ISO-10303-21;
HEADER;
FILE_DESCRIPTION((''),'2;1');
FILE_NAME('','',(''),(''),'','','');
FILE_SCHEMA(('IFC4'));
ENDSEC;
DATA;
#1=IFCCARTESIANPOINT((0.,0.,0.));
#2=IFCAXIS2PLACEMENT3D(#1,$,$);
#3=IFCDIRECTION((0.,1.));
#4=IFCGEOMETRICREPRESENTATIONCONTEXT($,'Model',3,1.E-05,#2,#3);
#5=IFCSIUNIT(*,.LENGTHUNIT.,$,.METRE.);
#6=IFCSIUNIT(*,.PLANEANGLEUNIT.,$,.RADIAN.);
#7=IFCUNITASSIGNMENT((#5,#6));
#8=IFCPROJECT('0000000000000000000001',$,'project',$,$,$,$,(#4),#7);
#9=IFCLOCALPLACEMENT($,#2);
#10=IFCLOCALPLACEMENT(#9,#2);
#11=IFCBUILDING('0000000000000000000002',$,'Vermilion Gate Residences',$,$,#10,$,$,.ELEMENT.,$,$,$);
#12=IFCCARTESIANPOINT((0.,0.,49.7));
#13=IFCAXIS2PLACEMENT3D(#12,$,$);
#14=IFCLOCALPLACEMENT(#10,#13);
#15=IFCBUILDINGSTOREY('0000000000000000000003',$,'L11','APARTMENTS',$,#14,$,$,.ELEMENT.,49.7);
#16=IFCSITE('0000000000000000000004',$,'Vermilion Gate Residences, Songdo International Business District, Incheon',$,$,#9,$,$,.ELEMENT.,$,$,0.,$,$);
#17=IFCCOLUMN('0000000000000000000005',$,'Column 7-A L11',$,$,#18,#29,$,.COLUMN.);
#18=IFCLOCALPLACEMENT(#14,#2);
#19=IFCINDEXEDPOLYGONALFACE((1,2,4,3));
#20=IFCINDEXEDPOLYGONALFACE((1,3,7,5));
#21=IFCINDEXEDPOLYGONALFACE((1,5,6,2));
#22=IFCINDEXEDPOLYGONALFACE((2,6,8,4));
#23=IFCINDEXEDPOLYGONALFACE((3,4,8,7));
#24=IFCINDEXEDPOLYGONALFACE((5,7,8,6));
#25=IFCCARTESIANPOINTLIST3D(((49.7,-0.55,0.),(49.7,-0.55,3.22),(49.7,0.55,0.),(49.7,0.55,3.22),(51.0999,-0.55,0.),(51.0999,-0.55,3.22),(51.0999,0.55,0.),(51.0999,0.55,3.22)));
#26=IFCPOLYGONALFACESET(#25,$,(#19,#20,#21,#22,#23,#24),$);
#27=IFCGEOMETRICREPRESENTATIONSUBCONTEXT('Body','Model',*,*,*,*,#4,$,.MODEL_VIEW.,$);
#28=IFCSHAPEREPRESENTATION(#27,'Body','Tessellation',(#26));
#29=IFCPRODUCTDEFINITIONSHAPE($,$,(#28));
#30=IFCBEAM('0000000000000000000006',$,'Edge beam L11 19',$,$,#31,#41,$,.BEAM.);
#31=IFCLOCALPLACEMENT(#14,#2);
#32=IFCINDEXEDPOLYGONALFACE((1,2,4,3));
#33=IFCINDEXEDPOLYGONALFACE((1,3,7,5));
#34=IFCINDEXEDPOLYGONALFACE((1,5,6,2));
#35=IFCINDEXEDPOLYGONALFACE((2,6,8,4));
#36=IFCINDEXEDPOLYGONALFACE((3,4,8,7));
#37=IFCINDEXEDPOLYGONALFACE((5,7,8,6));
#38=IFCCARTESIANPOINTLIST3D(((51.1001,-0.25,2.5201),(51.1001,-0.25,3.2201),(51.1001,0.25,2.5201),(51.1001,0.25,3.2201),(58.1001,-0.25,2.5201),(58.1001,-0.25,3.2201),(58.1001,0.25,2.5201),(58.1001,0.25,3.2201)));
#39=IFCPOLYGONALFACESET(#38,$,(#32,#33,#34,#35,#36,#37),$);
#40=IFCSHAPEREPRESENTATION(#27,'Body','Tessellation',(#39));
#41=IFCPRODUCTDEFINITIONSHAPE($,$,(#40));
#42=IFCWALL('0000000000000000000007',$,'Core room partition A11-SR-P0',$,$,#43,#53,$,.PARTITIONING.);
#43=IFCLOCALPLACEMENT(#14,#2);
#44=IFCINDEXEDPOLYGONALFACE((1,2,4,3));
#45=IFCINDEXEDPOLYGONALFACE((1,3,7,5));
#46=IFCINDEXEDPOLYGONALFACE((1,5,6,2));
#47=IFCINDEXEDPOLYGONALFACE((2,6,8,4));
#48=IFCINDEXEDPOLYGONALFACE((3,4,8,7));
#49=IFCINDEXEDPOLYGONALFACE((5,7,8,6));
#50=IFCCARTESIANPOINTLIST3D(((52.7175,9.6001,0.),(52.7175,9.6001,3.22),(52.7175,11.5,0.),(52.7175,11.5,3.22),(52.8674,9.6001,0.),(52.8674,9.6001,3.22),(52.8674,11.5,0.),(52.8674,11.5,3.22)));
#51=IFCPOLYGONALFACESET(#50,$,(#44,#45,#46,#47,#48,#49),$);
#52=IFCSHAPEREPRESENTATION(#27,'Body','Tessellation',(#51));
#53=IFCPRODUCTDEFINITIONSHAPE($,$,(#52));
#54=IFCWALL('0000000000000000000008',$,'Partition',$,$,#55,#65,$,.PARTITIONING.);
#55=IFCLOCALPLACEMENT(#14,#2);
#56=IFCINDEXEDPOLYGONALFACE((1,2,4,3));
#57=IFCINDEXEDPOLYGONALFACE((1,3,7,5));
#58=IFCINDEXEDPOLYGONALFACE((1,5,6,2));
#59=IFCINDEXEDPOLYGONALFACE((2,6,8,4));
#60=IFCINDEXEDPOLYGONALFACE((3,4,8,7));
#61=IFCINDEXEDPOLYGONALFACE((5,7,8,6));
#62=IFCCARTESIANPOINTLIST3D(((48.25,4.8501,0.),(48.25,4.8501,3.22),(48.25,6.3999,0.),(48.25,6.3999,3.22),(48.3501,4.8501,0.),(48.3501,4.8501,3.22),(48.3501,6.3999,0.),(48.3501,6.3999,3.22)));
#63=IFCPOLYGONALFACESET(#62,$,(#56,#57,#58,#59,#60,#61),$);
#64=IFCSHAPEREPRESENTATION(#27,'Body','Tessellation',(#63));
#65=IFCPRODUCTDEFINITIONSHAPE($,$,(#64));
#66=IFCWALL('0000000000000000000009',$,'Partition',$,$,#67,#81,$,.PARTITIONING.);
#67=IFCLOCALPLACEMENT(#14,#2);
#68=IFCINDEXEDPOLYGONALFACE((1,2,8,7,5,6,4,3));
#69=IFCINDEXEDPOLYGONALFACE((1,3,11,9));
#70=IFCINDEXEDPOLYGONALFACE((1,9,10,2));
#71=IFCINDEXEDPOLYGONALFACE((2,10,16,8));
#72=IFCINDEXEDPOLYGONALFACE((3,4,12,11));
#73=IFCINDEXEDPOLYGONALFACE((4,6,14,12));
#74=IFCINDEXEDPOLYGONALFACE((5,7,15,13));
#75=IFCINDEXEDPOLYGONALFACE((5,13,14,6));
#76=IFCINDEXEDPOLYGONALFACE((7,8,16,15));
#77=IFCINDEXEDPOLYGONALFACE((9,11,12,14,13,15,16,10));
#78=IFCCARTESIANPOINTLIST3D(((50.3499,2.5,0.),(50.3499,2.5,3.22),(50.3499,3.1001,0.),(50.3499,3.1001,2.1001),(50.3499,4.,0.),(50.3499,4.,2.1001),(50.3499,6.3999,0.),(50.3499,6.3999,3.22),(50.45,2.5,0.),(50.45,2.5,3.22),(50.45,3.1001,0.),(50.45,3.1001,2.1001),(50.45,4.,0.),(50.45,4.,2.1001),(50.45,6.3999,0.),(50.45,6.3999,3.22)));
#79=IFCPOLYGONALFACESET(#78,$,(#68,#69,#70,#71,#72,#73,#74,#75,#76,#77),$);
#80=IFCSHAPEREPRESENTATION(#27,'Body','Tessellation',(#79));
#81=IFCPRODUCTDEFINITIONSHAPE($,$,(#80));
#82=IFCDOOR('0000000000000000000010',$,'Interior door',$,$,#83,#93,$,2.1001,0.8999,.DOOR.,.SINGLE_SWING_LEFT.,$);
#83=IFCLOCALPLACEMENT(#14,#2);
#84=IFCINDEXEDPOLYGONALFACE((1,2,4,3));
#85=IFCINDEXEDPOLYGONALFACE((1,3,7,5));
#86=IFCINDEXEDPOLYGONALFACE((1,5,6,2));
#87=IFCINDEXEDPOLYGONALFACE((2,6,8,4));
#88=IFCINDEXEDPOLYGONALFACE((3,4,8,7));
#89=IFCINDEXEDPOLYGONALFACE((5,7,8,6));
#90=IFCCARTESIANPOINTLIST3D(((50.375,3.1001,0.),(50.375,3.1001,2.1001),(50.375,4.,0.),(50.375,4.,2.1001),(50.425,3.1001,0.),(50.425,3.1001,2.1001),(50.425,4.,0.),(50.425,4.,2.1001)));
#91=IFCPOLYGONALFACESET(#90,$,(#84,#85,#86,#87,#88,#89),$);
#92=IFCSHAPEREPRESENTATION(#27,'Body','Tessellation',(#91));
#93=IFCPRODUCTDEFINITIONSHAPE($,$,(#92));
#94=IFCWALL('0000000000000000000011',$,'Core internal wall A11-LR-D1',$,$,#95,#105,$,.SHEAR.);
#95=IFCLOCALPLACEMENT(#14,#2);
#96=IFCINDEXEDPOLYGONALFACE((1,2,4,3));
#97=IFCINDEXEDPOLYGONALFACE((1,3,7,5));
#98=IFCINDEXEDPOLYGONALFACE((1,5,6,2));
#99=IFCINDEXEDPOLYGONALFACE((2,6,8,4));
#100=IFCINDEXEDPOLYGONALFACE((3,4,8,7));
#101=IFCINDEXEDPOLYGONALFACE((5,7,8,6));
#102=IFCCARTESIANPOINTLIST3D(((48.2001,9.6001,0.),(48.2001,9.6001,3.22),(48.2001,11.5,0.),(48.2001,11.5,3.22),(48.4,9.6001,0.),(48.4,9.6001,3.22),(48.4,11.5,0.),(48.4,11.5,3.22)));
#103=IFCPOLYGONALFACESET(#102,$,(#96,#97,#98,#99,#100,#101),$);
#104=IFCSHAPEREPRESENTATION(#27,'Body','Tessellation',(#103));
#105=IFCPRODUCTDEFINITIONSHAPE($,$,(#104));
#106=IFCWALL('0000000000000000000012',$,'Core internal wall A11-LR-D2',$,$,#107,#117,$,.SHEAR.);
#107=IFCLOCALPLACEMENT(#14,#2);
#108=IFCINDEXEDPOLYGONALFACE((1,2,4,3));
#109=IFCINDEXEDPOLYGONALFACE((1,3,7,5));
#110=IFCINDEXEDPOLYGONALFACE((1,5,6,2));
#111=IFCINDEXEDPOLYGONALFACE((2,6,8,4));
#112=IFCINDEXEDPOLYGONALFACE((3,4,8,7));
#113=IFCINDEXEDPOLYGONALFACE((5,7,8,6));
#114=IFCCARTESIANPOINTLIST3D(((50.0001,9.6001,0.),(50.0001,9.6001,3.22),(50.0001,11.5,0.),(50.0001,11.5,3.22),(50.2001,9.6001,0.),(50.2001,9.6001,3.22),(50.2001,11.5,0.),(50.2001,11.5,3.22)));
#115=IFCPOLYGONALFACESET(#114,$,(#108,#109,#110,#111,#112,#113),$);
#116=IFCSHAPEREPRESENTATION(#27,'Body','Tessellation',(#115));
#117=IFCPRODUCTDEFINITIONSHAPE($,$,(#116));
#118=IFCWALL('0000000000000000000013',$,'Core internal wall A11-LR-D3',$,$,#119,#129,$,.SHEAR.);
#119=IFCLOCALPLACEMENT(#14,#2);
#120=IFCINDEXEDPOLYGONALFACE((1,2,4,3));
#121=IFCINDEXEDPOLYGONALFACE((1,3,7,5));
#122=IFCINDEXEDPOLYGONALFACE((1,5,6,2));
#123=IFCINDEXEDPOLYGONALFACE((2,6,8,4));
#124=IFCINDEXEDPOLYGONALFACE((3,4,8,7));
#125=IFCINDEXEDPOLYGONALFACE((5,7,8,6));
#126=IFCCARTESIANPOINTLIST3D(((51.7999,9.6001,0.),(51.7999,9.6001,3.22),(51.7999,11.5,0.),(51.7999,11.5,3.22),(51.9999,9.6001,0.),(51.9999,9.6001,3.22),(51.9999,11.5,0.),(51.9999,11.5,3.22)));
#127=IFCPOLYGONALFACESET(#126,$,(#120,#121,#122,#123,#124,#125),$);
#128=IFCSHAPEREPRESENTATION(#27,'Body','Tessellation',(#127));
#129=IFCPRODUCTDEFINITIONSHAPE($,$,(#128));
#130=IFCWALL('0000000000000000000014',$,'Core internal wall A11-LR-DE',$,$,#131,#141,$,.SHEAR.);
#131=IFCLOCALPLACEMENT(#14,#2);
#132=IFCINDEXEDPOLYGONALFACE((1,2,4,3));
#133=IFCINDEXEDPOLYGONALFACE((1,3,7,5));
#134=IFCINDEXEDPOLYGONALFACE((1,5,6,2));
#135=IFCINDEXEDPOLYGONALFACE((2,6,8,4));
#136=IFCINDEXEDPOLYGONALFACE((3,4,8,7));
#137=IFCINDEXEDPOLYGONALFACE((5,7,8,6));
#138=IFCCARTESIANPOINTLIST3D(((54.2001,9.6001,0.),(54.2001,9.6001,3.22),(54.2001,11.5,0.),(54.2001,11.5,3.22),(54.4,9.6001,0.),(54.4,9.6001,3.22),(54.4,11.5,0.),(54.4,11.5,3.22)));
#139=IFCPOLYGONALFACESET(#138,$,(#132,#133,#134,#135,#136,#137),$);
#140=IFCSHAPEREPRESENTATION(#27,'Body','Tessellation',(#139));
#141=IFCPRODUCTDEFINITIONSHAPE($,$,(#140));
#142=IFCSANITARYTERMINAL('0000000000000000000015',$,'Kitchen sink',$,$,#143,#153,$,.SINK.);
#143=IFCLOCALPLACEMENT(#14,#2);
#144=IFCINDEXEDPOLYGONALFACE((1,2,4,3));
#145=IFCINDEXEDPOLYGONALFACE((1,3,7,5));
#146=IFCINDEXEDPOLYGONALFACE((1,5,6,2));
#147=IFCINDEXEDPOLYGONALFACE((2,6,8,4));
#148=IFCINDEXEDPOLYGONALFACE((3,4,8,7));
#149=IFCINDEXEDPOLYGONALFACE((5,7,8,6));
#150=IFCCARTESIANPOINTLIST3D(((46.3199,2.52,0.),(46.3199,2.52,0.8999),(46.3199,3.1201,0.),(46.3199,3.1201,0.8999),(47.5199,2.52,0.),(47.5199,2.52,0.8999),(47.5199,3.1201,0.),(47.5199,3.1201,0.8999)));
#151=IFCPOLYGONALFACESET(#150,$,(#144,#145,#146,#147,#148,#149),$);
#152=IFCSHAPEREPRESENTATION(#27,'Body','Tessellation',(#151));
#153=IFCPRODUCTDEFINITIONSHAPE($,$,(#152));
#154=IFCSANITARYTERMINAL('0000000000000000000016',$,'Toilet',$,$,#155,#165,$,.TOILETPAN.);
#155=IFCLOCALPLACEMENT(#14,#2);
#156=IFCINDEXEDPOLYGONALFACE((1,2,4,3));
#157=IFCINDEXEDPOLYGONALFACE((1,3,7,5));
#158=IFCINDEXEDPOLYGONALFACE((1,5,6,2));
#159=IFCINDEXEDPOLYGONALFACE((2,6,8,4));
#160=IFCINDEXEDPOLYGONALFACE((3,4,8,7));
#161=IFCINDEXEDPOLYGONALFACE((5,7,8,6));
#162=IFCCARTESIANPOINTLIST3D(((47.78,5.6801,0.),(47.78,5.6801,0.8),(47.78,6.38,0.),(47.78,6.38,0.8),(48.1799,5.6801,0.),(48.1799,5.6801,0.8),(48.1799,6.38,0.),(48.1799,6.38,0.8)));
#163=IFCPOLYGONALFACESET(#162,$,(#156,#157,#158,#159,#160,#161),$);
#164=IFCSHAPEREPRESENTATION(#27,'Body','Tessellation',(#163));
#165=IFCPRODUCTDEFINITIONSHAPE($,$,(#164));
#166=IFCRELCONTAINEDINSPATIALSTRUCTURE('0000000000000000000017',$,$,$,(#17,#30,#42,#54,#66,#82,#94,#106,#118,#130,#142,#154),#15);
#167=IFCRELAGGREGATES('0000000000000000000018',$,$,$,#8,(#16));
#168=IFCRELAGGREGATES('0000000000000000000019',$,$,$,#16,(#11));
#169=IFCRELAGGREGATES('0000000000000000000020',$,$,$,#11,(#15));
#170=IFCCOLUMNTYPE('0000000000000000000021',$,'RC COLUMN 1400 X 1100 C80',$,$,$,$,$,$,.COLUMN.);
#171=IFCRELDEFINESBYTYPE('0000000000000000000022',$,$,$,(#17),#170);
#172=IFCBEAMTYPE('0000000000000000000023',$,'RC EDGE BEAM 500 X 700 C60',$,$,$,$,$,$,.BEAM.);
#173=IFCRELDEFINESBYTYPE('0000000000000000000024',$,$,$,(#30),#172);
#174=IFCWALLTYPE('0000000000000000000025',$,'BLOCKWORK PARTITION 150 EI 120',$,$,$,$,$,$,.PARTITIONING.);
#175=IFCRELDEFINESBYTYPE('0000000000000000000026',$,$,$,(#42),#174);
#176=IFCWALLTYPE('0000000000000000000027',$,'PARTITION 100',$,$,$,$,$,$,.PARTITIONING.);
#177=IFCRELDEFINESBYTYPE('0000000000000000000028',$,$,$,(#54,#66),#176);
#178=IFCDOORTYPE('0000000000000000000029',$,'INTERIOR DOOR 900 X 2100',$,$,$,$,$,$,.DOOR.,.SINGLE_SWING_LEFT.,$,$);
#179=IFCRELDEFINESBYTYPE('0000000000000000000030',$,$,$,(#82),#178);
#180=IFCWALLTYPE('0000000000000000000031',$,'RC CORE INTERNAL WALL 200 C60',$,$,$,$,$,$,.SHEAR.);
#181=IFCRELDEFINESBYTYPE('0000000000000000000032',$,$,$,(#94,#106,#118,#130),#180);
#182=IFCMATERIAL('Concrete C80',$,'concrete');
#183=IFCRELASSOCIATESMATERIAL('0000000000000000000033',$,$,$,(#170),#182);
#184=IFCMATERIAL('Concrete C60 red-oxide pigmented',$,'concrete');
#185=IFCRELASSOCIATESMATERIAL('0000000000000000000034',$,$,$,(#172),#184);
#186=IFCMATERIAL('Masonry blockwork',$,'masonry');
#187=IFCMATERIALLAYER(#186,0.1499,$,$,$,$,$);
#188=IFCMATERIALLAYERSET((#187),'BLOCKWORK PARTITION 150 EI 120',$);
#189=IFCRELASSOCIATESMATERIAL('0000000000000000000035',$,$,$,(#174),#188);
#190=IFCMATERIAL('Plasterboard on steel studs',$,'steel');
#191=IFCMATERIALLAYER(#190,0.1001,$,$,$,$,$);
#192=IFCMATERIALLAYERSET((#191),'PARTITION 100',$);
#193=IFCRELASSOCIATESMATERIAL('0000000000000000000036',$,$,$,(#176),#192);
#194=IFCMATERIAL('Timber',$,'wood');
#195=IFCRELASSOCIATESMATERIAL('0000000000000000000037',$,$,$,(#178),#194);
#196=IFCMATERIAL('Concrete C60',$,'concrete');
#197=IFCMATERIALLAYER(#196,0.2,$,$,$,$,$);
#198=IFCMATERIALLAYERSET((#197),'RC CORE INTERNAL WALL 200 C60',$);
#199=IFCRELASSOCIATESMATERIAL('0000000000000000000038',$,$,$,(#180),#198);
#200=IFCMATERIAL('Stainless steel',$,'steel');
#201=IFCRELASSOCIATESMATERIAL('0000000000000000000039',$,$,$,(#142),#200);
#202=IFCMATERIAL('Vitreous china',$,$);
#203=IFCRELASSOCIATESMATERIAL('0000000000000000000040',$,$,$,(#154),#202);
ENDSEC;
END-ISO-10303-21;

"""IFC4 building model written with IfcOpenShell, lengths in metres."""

from ifc_helpers import new_model, si_unit, direction, frame, frame_2d, origin, origin_2d, place, context, subcontext, project, spatial, rectangle, extrude, material, layer, layer_set, material_profile, profile_set, type_object, element, fill, save


model = new_model("IFC4")

# Units and contexts
model_context = context("Model", 3, precision=1e-05, world=origin(), true_north=direction((0.0, 1.0)))
body_context = subcontext(model_context, "Body", "Model", "MODEL_VIEW")
ifc_project = project(units=[si_unit("LENGTHUNIT", "METRE"), si_unit("PLANEANGLEUNIT", "RADIAN")], contexts=[model_context])

# Site, building, storey
site_placement = place(None, origin())
site = spatial("IfcSite", under=ifc_project, at=site_placement, Name="Vermilion Gate Residences, Songdo International Business District, Incheon", CompositionType="ELEMENT", RefElevation=0.0)
building_placement = place(site_placement, origin())
building = spatial("IfcBuilding", under=site, at=building_placement, Name="Vermilion Gate Residences", CompositionType="ELEMENT")
storey_placement = place(building_placement, frame((0.0, 0.0, 49.7)))
storey = spatial("IfcBuildingStorey", under=building, at=storey_placement, Name="L11", Description="APARTMENTS", CompositionType="ELEMENT", Elevation=49.7)

# Column
ifc_material_1 = material(Name="Concrete C80", Category="concrete")
ifc_material_profile_1 = material_profile(ifc_material_1, rectangle(XDim=1.3999, YDim=1.1001, at=origin_2d()), Name="RC-1400x1100")
ifc_profile_set_1 = profile_set([ifc_material_profile_1], Name="Concrete C80")
column_type = type_object("IfcColumnType", Name="RC COLUMN 1400 X 1100 C80", PredefinedType="COLUMN", material=ifc_profile_set_1)
column_placement = place(storey_placement, frame((50.3999, 0.0, 0.0), z_axis=(0.0, 0.0, 1.0), x_axis=(1.0, 0.0, 0.0)))
element("IfcColumn", 1, at=column_placement, inside=storey, type_object=column_type, Name="Column 7-A L11", PredefinedType="COLUMN", context=body_context, shape_type="SweptSolid", body=[
    extrude(rectangle(XDim=1.3999, YDim=1.1001, at=origin_2d()), origin(), (0.0, 0.0, 1.0), 3.22),
])

# Beam
ifc_material_2 = material(Name="Concrete C60 red-oxide pigmented", Category="concrete")
ifc_material_profile_2 = material_profile(ifc_material_2, rectangle(XDim=0.5, YDim=0.7, at=origin_2d()), Name="RC-500x700")
ifc_profile_set_2 = profile_set([ifc_material_profile_2], Name="Concrete C60 red-oxide pigmented")
beam_type = type_object("IfcBeamType", Name="RC EDGE BEAM 500 X 700 C60", PredefinedType="BEAM", material=ifc_profile_set_2)
beam_placement = place(storey_placement, frame((51.1001, 0.0, 2.8701), z_axis=(1.0, 0.0, 0.0), x_axis=(0.0, 1.0, 0.0)))
element("IfcBeam", 2, at=beam_placement, inside=storey, type_object=beam_type, Name="Edge beam L11 19", PredefinedType="BEAM", context=body_context, shape_type="SweptSolid", body=[
    extrude(rectangle(XDim=0.5, YDim=0.7, at=origin_2d()), origin(), (0.0, 0.0, 1.0), 7.0),
])

# Walls
ifc_material_3 = material(Name="Masonry blockwork", Category="masonry")
ifc_layer_1 = layer(ifc_material_3, 0.1499)
ifc_layer_set_1 = layer_set([ifc_layer_1], Name="BLOCKWORK PARTITION 150 EI 120")
wall_type_1 = type_object("IfcWallType", Name="BLOCKWORK PARTITION 150 EI 120", PredefinedType="PARTITIONING", material=ifc_layer_set_1)
wall_1_placement = place(storey_placement, frame((52.7925, 9.6001, 0.0), z_axis=(0.0, 0.0, 1.0), x_axis=(0.0, 1.0, 0.0)))
element("IfcWall", 3, at=wall_1_placement, inside=storey, type_object=wall_type_1, Name="Core room partition A11-SR-P0", PredefinedType="PARTITIONING", context=body_context, shape_type="SweptSolid", body=[
    extrude(rectangle(XDim=1.8999, YDim=0.1499, at=frame_2d((0.95, 0.0))), origin(), (0.0, 0.0, 1.0), 3.22),
])
ifc_material_4 = material(Name="Plasterboard on steel studs", Category="steel")
ifc_layer_2 = layer(ifc_material_4, 0.1001)
ifc_layer_set_2 = layer_set([ifc_layer_2], Name="PARTITION 100")
wall_type_2 = type_object("IfcWallType", Name="PARTITION 100", PredefinedType="PARTITIONING", material=ifc_layer_set_2)
wall_2_placement = place(storey_placement, frame((48.3, 4.8501, 0.0), z_axis=(0.0, 0.0, 1.0), x_axis=(0.0, 1.0, 0.0)))
element("IfcWall", 4, at=wall_2_placement, inside=storey, type_object=wall_type_2, Name="Partition", PredefinedType="PARTITIONING", context=body_context, shape_type="SweptSolid", body=[
    extrude(rectangle(XDim=1.5498, YDim=0.1001, at=frame_2d((0.7749, 0.0))), origin(), (0.0, 0.0, 1.0), 3.22),
])

# Wall, opening, door
wall_3_placement = place(storey_placement, frame((50.3999, 2.5, 0.0), z_axis=(0.0, 0.0, 1.0), x_axis=(0.0, 1.0, 0.0)))
wall_3 = element("IfcWall", 5, at=wall_3_placement, inside=storey, type_object=wall_type_2, Name="Partition", PredefinedType="PARTITIONING", context=body_context, shape_type="SweptSolid", body=[
    extrude(rectangle(XDim=3.8999, YDim=0.1001, at=frame_2d((1.95, 0.0))), origin(), (0.0, 0.0, 1.0), 3.22),
])
opening_placement = place(wall_3_placement, frame((0.6001, 0.0, 0.0)))
opening = element("IfcOpeningElement", 6, at=opening_placement, cuts=wall_3, PredefinedType="OPENING", context=body_context, shape_type="SweptSolid", body=[
    extrude(rectangle(XDim=0.8999, YDim=2.1001, at=frame_2d((0.45, 1.05))), frame((0.0, 0.0601, 0.0), z_axis=(0.0, -1.0, 0.0), x_axis=(1.0, 0.0, 0.0)), (0.0, 0.0, 1.0), 0.1201),
])
ifc_material_5 = material(Name="Timber", Category="wood")
door_type = type_object("IfcDoorType", Name="INTERIOR DOOR 900 X 2100", OperationType="SINGLE_SWING_LEFT", PredefinedType="DOOR", material=ifc_material_5)
door_placement = place(opening_placement, origin())
door = element("IfcDoor", 7, at=door_placement, inside=storey, type_object=door_type, Name="Interior door", OperationType="SINGLE_SWING_LEFT", OverallHeight=2.1001, OverallWidth=0.8999, PredefinedType="DOOR", context=body_context, shape_type="SweptSolid", body=[
    extrude(rectangle(XDim=0.8999, YDim=2.1001, at=frame_2d((0.45, 1.05))), frame((0.0, 0.0249, 0.0), z_axis=(0.0, -1.0, 0.0), x_axis=(1.0, 0.0, 0.0)), (0.0, 0.0, 1.0), 0.05),
])
fill(opening, door)

# Walls
ifc_material_6 = material(Name="Concrete C60", Category="concrete")
ifc_layer_3 = layer(ifc_material_6, 0.2)
ifc_layer_set_3 = layer_set([ifc_layer_3], Name="RC CORE INTERNAL WALL 200 C60")
wall_type_3 = type_object("IfcWallType", Name="RC CORE INTERNAL WALL 200 C60", PredefinedType="SHEAR", material=ifc_layer_set_3)
for number, where, z_axis, x_axis, name in (
    (8, (48.3, 9.6001, 0.0), (0.0, 0.0, 1.0), (0.0, 1.0, 0.0), "Core internal wall A11-LR-D1"),
    (9, (50.1001, 9.6001, 0.0), (0.0, 0.0, 1.0), (0.0, 1.0, 0.0), "Core internal wall A11-LR-D2"),
    (10, (51.8999, 9.6001, 0.0), (0.0, 0.0, 1.0), (0.0, 1.0, 0.0), "Core internal wall A11-LR-D3"),
    (11, (54.3, 9.6001, 0.0), (0.0, 0.0, 1.0), (0.0, 1.0, 0.0), "Core internal wall A11-LR-DE"),
):
    element("IfcWall", number, at=place(storey_placement, frame(where, z_axis=z_axis, x_axis=x_axis)), inside=storey, type_object=wall_type_3, Name=name, PredefinedType="SHEAR", context=body_context, shape_type="SweptSolid", body=[
        extrude(rectangle(XDim=1.8999, YDim=0.2, at=frame_2d((0.95, 0.0))), origin(), (0.0, 0.0, 1.0), 3.22),
    ])

# Sanitary terminals
ifc_material_7 = material(Name="Stainless steel", Category="steel")
sanitary_terminal_1_placement = place(storey_placement, frame((46.9199, 2.8201, 0.0), z_axis=(0.0, 0.0, 1.0), x_axis=(1.0, 0.0, 0.0)))
element("IfcSanitaryTerminal", 12, at=sanitary_terminal_1_placement, inside=storey, material=ifc_material_7, Name="Kitchen sink", PredefinedType="SINK", context=body_context, shape_type="SweptSolid", body=[
    extrude(rectangle(XDim=1.2, YDim=0.6001, at=origin_2d()), origin(), (0.0, 0.0, 1.0), 0.8999),
])
ifc_material_8 = material(Name="Vitreous china")
sanitary_terminal_2_placement = place(storey_placement, frame((47.98, 6.03, 0.0), z_axis=(0.0, 0.0, 1.0), x_axis=(1.0, 0.0, 0.0)))
element("IfcSanitaryTerminal", 13, at=sanitary_terminal_2_placement, inside=storey, material=ifc_material_8, Name="Toilet", PredefinedType="TOILETPAN", context=body_context, shape_type="SweptSolid", body=[
    extrude(rectangle(XDim=0.3999, YDim=0.7, at=origin_2d()), origin(), (0.0, 0.0, 1.0), 0.8),
])

save(model, "model.ifc")
